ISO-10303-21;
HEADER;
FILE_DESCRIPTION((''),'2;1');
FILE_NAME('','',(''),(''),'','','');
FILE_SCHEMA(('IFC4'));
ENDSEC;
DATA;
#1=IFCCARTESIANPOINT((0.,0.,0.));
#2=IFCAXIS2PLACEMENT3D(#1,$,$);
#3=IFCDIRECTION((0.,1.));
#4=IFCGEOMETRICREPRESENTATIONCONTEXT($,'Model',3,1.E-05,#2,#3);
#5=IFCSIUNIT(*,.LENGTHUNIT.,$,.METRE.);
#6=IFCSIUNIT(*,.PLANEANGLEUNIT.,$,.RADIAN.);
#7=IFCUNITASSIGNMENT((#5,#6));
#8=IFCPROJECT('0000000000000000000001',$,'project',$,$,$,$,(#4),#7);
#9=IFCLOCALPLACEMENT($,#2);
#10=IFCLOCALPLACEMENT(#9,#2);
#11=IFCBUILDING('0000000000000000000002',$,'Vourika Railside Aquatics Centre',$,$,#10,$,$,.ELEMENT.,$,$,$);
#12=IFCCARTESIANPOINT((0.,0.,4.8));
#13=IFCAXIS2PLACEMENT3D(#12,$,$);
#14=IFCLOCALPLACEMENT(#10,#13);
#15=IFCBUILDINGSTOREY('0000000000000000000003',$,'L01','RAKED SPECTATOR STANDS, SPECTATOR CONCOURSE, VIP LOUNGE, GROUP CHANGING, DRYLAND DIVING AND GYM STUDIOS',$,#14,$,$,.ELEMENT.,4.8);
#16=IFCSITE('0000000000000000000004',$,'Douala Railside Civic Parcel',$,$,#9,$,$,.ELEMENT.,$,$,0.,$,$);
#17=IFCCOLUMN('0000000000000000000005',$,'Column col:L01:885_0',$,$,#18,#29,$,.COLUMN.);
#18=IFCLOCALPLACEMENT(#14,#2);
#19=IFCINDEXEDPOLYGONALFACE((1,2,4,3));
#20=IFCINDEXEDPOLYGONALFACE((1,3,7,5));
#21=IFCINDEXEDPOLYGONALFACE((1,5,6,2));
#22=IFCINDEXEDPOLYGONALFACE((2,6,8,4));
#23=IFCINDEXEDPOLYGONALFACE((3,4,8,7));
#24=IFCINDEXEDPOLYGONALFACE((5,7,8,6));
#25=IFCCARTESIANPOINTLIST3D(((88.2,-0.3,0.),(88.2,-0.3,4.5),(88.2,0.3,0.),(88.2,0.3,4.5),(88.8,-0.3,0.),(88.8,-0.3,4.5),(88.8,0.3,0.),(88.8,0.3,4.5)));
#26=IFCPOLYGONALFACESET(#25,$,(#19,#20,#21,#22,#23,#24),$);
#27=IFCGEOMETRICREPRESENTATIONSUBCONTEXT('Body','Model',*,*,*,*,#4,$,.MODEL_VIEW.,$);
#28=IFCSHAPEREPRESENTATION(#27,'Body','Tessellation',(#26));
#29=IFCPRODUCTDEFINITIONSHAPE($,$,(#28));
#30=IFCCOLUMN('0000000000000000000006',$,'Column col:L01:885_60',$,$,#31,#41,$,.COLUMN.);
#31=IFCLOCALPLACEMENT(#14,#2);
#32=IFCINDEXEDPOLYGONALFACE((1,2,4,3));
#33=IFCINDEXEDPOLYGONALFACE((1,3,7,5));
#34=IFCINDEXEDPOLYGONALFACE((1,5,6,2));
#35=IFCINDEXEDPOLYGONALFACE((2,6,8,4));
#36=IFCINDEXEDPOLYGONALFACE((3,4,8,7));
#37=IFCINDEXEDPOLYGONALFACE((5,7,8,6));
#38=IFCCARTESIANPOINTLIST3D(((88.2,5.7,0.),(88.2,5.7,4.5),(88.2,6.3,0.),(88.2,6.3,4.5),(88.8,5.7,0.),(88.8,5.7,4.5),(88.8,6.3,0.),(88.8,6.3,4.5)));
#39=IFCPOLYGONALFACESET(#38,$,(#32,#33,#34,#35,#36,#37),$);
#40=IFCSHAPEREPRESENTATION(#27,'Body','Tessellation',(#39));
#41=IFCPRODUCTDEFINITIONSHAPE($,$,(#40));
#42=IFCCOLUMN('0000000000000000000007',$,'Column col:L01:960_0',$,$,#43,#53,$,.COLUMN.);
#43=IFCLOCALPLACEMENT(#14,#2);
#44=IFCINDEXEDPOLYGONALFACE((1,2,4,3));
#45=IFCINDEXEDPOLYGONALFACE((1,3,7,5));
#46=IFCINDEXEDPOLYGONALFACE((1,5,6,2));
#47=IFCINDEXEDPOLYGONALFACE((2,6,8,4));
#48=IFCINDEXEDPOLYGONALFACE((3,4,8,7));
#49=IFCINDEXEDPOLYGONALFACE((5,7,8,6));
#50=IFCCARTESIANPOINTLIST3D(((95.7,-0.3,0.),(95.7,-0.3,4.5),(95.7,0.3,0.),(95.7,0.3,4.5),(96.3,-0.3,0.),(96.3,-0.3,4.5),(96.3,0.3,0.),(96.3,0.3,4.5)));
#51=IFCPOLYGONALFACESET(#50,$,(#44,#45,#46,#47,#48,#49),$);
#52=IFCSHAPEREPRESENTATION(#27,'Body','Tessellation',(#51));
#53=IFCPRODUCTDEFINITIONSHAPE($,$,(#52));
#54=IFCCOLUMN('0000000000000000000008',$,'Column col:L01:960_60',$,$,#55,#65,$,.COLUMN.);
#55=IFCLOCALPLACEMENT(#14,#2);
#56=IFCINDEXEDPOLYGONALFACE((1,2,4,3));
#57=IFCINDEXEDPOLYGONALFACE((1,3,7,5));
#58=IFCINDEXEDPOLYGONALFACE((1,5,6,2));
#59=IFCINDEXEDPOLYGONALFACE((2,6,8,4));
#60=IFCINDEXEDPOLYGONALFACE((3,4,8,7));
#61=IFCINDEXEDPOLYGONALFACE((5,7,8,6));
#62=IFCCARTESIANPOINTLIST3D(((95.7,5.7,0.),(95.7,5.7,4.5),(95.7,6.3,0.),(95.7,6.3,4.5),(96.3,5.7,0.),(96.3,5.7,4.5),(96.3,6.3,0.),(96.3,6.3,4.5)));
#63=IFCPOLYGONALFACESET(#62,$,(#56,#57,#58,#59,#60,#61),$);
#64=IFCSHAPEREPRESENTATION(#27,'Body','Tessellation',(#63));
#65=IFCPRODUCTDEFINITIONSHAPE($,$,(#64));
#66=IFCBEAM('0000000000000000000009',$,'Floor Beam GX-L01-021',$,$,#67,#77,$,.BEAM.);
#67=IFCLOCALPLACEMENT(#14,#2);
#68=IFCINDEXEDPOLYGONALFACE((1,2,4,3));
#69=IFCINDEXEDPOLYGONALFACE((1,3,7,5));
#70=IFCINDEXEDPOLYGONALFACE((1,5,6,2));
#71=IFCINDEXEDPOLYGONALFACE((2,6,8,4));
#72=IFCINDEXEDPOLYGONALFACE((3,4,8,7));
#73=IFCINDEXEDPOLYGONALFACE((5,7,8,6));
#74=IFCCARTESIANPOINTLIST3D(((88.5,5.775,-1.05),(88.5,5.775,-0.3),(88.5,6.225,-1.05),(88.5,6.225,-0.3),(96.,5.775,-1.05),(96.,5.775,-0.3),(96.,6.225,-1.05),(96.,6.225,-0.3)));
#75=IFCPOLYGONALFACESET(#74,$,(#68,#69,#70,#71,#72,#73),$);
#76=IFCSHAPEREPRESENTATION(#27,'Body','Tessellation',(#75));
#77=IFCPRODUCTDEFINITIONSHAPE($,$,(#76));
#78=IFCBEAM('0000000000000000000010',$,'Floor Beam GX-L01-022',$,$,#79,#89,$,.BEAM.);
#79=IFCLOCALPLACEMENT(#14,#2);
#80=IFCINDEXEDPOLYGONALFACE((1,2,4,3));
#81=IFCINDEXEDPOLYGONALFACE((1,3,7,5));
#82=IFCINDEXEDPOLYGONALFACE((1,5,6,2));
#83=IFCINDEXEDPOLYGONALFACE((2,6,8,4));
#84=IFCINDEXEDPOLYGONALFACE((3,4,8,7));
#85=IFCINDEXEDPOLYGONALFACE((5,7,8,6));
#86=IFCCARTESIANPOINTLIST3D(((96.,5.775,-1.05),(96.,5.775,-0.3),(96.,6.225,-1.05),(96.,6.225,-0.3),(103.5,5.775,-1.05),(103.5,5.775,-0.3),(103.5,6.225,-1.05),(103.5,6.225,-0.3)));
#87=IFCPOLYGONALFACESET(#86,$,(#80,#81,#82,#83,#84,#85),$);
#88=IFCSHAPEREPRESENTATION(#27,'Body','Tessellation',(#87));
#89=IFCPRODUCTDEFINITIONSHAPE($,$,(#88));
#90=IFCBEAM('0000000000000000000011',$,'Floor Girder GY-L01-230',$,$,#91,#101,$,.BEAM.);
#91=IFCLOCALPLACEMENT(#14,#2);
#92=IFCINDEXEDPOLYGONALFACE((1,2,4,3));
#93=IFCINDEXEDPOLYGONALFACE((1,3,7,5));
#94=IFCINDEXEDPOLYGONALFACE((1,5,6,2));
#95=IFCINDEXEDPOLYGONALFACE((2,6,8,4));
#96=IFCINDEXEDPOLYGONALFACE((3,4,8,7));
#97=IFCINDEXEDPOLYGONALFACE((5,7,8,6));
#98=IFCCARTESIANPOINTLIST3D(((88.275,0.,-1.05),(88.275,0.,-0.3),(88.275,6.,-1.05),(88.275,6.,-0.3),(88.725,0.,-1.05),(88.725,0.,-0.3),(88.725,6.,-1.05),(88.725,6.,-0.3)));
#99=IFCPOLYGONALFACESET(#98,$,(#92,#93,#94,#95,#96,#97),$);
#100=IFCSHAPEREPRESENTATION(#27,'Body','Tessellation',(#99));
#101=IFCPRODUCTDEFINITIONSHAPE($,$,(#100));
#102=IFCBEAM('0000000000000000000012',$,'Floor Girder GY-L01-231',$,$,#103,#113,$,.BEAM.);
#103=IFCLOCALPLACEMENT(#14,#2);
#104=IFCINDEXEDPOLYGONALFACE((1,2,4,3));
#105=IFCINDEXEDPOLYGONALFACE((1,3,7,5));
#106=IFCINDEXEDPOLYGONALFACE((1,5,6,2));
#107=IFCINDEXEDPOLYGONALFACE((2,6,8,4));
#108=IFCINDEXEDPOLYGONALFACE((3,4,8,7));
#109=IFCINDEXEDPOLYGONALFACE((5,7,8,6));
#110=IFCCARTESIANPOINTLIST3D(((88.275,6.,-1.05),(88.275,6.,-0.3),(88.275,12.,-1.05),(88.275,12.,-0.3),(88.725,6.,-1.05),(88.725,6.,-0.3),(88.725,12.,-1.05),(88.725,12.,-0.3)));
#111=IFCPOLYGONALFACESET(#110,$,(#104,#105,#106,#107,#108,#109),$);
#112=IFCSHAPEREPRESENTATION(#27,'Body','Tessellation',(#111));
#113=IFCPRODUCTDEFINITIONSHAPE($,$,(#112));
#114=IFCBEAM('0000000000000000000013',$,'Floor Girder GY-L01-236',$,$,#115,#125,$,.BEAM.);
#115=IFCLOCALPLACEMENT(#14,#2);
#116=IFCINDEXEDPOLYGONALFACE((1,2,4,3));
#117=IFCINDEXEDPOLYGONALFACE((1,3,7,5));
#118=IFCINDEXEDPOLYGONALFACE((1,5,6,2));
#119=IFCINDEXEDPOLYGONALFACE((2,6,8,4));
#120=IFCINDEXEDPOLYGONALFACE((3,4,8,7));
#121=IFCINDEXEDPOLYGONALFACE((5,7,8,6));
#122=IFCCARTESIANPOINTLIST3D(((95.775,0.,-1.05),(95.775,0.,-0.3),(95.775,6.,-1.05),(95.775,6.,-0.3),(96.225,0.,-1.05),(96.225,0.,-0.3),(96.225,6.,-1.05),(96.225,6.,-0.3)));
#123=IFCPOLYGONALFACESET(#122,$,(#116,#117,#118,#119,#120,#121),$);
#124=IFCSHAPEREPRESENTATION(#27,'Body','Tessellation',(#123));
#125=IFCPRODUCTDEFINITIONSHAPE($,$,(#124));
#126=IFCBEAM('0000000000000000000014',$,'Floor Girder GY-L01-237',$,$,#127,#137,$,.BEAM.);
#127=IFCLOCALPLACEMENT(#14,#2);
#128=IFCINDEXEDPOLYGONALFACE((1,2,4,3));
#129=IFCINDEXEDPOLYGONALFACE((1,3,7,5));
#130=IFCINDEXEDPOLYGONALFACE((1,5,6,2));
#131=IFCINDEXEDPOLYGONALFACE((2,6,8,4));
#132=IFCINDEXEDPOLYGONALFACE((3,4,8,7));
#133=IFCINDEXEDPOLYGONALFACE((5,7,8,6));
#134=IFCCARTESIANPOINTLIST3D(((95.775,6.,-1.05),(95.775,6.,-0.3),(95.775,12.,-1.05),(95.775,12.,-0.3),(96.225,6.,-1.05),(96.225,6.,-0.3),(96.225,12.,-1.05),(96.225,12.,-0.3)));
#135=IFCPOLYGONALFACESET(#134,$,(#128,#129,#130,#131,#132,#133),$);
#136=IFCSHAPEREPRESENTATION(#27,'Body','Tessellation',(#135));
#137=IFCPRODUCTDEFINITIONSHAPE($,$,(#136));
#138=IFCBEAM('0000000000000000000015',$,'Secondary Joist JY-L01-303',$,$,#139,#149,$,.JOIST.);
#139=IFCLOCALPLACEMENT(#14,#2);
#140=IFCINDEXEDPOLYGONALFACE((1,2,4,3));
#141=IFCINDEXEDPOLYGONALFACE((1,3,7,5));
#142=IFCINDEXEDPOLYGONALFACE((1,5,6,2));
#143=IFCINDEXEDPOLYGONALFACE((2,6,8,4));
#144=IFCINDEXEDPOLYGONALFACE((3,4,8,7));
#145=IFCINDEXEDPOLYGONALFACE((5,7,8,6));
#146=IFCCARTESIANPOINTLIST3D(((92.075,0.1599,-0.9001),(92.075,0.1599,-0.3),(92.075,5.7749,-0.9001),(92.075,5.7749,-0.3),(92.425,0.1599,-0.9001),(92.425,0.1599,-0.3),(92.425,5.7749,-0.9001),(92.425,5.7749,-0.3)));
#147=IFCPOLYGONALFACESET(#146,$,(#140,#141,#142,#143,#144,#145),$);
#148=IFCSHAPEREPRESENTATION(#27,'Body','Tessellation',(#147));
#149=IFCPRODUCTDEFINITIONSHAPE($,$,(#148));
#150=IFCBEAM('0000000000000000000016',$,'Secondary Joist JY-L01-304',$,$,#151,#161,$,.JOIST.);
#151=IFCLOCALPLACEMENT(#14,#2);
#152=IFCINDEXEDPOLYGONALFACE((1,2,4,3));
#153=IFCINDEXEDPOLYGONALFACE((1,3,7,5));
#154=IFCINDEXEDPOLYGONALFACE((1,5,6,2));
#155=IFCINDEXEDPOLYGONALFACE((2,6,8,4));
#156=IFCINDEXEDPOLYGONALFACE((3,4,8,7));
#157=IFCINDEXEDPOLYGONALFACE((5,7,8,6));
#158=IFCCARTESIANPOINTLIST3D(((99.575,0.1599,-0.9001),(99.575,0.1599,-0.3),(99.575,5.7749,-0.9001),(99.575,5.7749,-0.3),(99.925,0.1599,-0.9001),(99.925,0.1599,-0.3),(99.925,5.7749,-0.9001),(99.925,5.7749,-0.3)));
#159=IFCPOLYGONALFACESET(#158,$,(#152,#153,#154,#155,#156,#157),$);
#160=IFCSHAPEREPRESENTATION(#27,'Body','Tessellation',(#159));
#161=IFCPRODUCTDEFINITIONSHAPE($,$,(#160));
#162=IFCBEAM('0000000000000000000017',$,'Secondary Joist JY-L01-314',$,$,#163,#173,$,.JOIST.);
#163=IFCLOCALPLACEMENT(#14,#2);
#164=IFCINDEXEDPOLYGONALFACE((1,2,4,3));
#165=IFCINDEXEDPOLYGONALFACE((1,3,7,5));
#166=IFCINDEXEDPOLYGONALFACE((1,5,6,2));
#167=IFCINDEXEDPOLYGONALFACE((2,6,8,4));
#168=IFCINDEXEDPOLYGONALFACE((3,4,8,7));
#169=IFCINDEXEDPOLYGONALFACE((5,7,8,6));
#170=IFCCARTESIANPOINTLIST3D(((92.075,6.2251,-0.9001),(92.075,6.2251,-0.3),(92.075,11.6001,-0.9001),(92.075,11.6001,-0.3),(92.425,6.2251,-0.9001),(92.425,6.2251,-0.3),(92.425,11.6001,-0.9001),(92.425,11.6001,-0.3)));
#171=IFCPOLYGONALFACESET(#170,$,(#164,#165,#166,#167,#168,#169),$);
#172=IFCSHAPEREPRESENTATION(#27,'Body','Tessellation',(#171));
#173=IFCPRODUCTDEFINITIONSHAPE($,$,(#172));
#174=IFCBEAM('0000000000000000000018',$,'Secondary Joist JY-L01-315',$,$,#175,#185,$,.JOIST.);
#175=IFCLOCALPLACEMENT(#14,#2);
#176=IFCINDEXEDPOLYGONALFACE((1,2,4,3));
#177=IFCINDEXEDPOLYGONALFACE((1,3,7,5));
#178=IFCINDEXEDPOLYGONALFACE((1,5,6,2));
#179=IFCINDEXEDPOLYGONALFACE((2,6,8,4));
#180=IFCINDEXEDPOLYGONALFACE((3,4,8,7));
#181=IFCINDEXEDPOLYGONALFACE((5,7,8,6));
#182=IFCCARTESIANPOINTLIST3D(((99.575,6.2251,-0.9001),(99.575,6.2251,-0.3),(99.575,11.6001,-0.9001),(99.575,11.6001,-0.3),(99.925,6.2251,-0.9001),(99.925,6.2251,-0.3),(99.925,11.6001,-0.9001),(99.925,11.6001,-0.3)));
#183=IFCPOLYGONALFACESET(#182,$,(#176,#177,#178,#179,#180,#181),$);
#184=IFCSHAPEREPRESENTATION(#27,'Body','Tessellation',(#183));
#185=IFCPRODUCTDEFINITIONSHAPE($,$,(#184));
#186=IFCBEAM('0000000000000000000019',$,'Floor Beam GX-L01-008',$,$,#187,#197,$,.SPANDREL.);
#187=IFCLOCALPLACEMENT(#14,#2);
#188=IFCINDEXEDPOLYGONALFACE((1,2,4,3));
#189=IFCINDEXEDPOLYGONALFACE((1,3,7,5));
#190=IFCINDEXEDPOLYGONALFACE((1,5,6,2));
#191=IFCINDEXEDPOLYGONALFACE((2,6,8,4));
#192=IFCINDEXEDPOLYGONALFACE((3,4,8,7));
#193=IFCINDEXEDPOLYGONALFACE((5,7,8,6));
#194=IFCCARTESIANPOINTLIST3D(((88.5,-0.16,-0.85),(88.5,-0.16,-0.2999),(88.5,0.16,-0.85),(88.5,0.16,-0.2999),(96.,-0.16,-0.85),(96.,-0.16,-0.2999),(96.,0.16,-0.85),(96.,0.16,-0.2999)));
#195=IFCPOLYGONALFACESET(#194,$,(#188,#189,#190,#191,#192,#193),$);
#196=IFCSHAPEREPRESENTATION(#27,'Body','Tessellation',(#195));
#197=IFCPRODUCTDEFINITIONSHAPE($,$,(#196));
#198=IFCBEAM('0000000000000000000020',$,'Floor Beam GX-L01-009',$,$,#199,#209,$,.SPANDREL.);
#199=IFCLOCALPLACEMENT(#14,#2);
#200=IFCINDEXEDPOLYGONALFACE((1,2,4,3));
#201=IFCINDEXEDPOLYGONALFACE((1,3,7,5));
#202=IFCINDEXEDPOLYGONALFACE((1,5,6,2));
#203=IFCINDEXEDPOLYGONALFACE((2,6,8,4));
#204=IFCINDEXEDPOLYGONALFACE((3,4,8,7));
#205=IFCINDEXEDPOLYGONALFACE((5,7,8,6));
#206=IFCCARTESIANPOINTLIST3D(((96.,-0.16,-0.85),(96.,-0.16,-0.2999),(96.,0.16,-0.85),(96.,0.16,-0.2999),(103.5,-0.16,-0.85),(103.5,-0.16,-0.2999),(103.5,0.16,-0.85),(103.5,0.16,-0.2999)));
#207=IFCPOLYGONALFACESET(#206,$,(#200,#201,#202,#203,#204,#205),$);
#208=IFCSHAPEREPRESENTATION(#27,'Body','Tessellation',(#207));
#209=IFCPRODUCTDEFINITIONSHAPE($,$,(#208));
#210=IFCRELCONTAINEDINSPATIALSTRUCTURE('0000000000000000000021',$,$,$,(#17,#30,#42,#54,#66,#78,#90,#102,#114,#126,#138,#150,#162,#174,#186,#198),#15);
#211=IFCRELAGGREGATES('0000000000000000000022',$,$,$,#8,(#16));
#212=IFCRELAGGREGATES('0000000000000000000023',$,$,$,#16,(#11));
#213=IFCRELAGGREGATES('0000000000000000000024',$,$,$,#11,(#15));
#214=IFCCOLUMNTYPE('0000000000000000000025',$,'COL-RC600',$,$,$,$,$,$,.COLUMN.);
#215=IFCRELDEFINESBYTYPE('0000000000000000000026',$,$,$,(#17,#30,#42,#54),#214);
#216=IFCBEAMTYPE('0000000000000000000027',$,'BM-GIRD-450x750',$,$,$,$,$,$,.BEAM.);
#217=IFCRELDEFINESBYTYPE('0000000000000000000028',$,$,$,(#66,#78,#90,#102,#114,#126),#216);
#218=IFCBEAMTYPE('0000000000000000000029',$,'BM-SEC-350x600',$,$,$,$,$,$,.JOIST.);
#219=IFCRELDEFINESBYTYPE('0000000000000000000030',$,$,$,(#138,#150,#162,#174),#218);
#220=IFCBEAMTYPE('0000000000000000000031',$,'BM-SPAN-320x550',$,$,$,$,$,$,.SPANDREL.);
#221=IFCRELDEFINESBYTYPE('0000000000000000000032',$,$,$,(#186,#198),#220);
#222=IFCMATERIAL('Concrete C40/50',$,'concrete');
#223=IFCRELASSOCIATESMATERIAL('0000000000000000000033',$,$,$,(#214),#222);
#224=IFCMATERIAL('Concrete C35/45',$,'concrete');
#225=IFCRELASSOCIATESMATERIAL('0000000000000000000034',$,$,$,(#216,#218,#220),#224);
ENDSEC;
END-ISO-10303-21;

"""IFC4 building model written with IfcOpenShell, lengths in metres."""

from ifc_helpers import new_model, si_unit, direction, frame, origin, origin_2d, place, context, subcontext, project, spatial, rectangle, extrude, material, material_profile, profile_set, type_object, element, save


model = new_model("IFC4")

# Units and contexts
model_context = context("Model", 3, precision=1e-05, world=origin(), true_north=direction((0.0, 1.0)))
body_context = subcontext(model_context, "Body", "Model", "MODEL_VIEW")
ifc_project = project(units=[si_unit("LENGTHUNIT", "METRE"), si_unit("PLANEANGLEUNIT", "RADIAN")], contexts=[model_context])

# Site, building, storey
site_placement = place(None, origin())
site = spatial("IfcSite", under=ifc_project, at=site_placement, Name="Douala Railside Civic Parcel", CompositionType="ELEMENT", RefElevation=0.0)
building_placement = place(site_placement, origin())
building = spatial("IfcBuilding", under=site, at=building_placement, Name="Vourika Railside Aquatics Centre", CompositionType="ELEMENT")
storey_placement = place(building_placement, frame((0.0, 0.0, 4.8)))
storey = spatial("IfcBuildingStorey", under=building, at=storey_placement, Name="L01", Description="RAKED SPECTATOR STANDS, SPECTATOR CONCOURSE, VIP LOUNGE, GROUP CHANGING, DRYLAND DIVING AND GYM STUDIOS", CompositionType="ELEMENT", Elevation=4.8)

# Columns
ifc_material_1 = material(Name="Concrete C40/50", Category="concrete")
ifc_material_profile_1 = material_profile(ifc_material_1, rectangle(XDim=0.6001, YDim=0.6001, at=origin_2d()), Name="RC 600x600")
ifc_profile_set_1 = profile_set([ifc_material_profile_1], Name="Concrete C40/50")
column_type = type_object("IfcColumnType", Name="COL-RC600", PredefinedType="COLUMN", material=ifc_profile_set_1)
for number, where, z_axis, x_axis, name in (
    (1, (88.5, 0.0, 0.0), (0.0, 0.0, 1.0), (1.0, 0.0, 0.0), "Column col:L01:885_0"),
    (2, (88.5, 6.0, 0.0), (0.0, 0.0, 1.0), (1.0, 0.0, 0.0), "Column col:L01:885_60"),
    (3, (96.0, 0.0, 0.0), (0.0, 0.0, 1.0), (1.0, 0.0, 0.0), "Column col:L01:960_0"),
    (4, (96.0, 6.0, 0.0), (0.0, 0.0, 1.0), (1.0, 0.0, 0.0), "Column col:L01:960_60"),
):
    element("IfcColumn", number, at=place(storey_placement, frame(where, z_axis=z_axis, x_axis=x_axis)), inside=storey, type_object=column_type, Name=name, PredefinedType="COLUMN", context=body_context, shape_type="SweptSolid", body=[
        extrude(rectangle(XDim=0.6001, YDim=0.6001, at=origin_2d()), origin(), (0.0, 0.0, 1.0), 4.5),
    ])

# Beams
ifc_material_2 = material(Name="Concrete C35/45", Category="concrete")
ifc_material_profile_2 = material_profile(ifc_material_2, rectangle(XDim=0.45, YDim=0.75, at=origin_2d()), Name="RC 450x750")
ifc_profile_set_2 = profile_set([ifc_material_profile_2], Name="Concrete C35/45")
beam_type_1 = type_object("IfcBeamType", Name="BM-GIRD-450x750", PredefinedType="BEAM", material=ifc_profile_set_2)
for number, where, z_axis, x_axis, name in (
    (5, (88.5, 6.0, -0.675), (1.0, 0.0, 0.0), (0.0, 1.0, 0.0), "Floor Beam GX-L01-021"),
    (6, (96.0, 6.0, -0.675), (1.0, 0.0, 0.0), (0.0, 1.0, 0.0), "Floor Beam GX-L01-022"),
):
    element("IfcBeam", number, at=place(storey_placement, frame(where, z_axis=z_axis, x_axis=x_axis)), inside=storey, type_object=beam_type_1, Name=name, PredefinedType="BEAM", context=body_context, shape_type="SweptSolid", body=[
        extrude(rectangle(XDim=0.45, YDim=0.75, at=origin_2d()), origin(), (0.0, 0.0, 1.0), 7.5),
    ])
for number, where, z_axis, x_axis, name in (
    (7, (88.5, 0.0, -0.675), (0.0, 1.0, 0.0), (-1.0, 0.0, 0.0), "Floor Girder GY-L01-230"),
    (8, (88.5, 6.0, -0.675), (0.0, 1.0, 0.0), (-1.0, 0.0, 0.0), "Floor Girder GY-L01-231"),
    (9, (96.0, 0.0, -0.675), (0.0, 1.0, 0.0), (-1.0, 0.0, 0.0), "Floor Girder GY-L01-236"),
    (10, (96.0, 6.0, -0.675), (0.0, 1.0, 0.0), (-1.0, 0.0, 0.0), "Floor Girder GY-L01-237"),
):
    element("IfcBeam", number, at=place(storey_placement, frame(where, z_axis=z_axis, x_axis=x_axis)), inside=storey, type_object=beam_type_1, Name=name, PredefinedType="BEAM", context=body_context, shape_type="SweptSolid", body=[
        extrude(rectangle(XDim=0.45, YDim=0.75, at=origin_2d()), origin(), (0.0, 0.0, 1.0), 6.0),
    ])
ifc_material_profile_3 = material_profile(ifc_material_2, rectangle(XDim=0.3501, YDim=0.6001, at=origin_2d()), Name="RC 350x600")
ifc_profile_set_3 = profile_set([ifc_material_profile_3], Name="Concrete C35/45")
beam_type_2 = type_object("IfcBeamType", Name="BM-SEC-350x600", PredefinedType="JOIST", material=ifc_profile_set_3)
for number, where, z_axis, x_axis, name in (
    (11, (92.25, 0.1599, -0.6001), (0.0, 1.0, 0.0), (-1.0, 0.0, 0.0), "Secondary Joist JY-L01-303"),
    (12, (99.75, 0.1599, -0.6001), (0.0, 1.0, 0.0), (-1.0, 0.0, 0.0), "Secondary Joist JY-L01-304"),
):
    element("IfcBeam", number, at=place(storey_placement, frame(where, z_axis=z_axis, x_axis=x_axis)), inside=storey, type_object=beam_type_2, Name=name, PredefinedType="JOIST", context=body_context, shape_type="SweptSolid", body=[
        extrude(rectangle(XDim=0.3501, YDim=0.6001, at=origin_2d()), origin(), (0.0, 0.0, 1.0), 5.615),
    ])
for number, where, z_axis, x_axis, name in (
    (13, (92.25, 6.2251, -0.6001), (0.0, 1.0, 0.0), (-1.0, 0.0, 0.0), "Secondary Joist JY-L01-314"),
    (14, (99.75, 6.2251, -0.6001), (0.0, 1.0, 0.0), (-1.0, 0.0, 0.0), "Secondary Joist JY-L01-315"),
):
    element("IfcBeam", number, at=place(storey_placement, frame(where, z_axis=z_axis, x_axis=x_axis)), inside=storey, type_object=beam_type_2, Name=name, PredefinedType="JOIST", context=body_context, shape_type="SweptSolid", body=[
        extrude(rectangle(XDim=0.3501, YDim=0.6001, at=origin_2d()), origin(), (0.0, 0.0, 1.0), 5.375),
    ])
ifc_material_profile_4 = material_profile(ifc_material_2, rectangle(XDim=0.3201, YDim=0.55, at=origin_2d()), Name="RC 320x550")
ifc_profile_set_4 = profile_set([ifc_material_profile_4], Name="Concrete C35/45")
beam_type_3 = type_object("IfcBeamType", Name="BM-SPAN-320x550", PredefinedType="SPANDREL", material=ifc_profile_set_4)
for number, where, z_axis, x_axis, name in (
    (15, (88.5, 0.0, -0.575), (1.0, 0.0, 0.0), (0.0, 1.0, 0.0), "Floor Beam GX-L01-008"),
    (16, (96.0, 0.0, -0.575), (1.0, 0.0, 0.0), (0.0, 1.0, 0.0), "Floor Beam GX-L01-009"),
):
    element("IfcBeam", number, at=place(storey_placement, frame(where, z_axis=z_axis, x_axis=x_axis)), inside=storey, type_object=beam_type_3, Name=name, PredefinedType="SPANDREL", context=body_context, shape_type="SweptSolid", body=[
        extrude(rectangle(XDim=0.3201, YDim=0.55, at=origin_2d()), origin(), (0.0, 0.0, 1.0), 7.5),
    ])

save(model, "model.ifc")
